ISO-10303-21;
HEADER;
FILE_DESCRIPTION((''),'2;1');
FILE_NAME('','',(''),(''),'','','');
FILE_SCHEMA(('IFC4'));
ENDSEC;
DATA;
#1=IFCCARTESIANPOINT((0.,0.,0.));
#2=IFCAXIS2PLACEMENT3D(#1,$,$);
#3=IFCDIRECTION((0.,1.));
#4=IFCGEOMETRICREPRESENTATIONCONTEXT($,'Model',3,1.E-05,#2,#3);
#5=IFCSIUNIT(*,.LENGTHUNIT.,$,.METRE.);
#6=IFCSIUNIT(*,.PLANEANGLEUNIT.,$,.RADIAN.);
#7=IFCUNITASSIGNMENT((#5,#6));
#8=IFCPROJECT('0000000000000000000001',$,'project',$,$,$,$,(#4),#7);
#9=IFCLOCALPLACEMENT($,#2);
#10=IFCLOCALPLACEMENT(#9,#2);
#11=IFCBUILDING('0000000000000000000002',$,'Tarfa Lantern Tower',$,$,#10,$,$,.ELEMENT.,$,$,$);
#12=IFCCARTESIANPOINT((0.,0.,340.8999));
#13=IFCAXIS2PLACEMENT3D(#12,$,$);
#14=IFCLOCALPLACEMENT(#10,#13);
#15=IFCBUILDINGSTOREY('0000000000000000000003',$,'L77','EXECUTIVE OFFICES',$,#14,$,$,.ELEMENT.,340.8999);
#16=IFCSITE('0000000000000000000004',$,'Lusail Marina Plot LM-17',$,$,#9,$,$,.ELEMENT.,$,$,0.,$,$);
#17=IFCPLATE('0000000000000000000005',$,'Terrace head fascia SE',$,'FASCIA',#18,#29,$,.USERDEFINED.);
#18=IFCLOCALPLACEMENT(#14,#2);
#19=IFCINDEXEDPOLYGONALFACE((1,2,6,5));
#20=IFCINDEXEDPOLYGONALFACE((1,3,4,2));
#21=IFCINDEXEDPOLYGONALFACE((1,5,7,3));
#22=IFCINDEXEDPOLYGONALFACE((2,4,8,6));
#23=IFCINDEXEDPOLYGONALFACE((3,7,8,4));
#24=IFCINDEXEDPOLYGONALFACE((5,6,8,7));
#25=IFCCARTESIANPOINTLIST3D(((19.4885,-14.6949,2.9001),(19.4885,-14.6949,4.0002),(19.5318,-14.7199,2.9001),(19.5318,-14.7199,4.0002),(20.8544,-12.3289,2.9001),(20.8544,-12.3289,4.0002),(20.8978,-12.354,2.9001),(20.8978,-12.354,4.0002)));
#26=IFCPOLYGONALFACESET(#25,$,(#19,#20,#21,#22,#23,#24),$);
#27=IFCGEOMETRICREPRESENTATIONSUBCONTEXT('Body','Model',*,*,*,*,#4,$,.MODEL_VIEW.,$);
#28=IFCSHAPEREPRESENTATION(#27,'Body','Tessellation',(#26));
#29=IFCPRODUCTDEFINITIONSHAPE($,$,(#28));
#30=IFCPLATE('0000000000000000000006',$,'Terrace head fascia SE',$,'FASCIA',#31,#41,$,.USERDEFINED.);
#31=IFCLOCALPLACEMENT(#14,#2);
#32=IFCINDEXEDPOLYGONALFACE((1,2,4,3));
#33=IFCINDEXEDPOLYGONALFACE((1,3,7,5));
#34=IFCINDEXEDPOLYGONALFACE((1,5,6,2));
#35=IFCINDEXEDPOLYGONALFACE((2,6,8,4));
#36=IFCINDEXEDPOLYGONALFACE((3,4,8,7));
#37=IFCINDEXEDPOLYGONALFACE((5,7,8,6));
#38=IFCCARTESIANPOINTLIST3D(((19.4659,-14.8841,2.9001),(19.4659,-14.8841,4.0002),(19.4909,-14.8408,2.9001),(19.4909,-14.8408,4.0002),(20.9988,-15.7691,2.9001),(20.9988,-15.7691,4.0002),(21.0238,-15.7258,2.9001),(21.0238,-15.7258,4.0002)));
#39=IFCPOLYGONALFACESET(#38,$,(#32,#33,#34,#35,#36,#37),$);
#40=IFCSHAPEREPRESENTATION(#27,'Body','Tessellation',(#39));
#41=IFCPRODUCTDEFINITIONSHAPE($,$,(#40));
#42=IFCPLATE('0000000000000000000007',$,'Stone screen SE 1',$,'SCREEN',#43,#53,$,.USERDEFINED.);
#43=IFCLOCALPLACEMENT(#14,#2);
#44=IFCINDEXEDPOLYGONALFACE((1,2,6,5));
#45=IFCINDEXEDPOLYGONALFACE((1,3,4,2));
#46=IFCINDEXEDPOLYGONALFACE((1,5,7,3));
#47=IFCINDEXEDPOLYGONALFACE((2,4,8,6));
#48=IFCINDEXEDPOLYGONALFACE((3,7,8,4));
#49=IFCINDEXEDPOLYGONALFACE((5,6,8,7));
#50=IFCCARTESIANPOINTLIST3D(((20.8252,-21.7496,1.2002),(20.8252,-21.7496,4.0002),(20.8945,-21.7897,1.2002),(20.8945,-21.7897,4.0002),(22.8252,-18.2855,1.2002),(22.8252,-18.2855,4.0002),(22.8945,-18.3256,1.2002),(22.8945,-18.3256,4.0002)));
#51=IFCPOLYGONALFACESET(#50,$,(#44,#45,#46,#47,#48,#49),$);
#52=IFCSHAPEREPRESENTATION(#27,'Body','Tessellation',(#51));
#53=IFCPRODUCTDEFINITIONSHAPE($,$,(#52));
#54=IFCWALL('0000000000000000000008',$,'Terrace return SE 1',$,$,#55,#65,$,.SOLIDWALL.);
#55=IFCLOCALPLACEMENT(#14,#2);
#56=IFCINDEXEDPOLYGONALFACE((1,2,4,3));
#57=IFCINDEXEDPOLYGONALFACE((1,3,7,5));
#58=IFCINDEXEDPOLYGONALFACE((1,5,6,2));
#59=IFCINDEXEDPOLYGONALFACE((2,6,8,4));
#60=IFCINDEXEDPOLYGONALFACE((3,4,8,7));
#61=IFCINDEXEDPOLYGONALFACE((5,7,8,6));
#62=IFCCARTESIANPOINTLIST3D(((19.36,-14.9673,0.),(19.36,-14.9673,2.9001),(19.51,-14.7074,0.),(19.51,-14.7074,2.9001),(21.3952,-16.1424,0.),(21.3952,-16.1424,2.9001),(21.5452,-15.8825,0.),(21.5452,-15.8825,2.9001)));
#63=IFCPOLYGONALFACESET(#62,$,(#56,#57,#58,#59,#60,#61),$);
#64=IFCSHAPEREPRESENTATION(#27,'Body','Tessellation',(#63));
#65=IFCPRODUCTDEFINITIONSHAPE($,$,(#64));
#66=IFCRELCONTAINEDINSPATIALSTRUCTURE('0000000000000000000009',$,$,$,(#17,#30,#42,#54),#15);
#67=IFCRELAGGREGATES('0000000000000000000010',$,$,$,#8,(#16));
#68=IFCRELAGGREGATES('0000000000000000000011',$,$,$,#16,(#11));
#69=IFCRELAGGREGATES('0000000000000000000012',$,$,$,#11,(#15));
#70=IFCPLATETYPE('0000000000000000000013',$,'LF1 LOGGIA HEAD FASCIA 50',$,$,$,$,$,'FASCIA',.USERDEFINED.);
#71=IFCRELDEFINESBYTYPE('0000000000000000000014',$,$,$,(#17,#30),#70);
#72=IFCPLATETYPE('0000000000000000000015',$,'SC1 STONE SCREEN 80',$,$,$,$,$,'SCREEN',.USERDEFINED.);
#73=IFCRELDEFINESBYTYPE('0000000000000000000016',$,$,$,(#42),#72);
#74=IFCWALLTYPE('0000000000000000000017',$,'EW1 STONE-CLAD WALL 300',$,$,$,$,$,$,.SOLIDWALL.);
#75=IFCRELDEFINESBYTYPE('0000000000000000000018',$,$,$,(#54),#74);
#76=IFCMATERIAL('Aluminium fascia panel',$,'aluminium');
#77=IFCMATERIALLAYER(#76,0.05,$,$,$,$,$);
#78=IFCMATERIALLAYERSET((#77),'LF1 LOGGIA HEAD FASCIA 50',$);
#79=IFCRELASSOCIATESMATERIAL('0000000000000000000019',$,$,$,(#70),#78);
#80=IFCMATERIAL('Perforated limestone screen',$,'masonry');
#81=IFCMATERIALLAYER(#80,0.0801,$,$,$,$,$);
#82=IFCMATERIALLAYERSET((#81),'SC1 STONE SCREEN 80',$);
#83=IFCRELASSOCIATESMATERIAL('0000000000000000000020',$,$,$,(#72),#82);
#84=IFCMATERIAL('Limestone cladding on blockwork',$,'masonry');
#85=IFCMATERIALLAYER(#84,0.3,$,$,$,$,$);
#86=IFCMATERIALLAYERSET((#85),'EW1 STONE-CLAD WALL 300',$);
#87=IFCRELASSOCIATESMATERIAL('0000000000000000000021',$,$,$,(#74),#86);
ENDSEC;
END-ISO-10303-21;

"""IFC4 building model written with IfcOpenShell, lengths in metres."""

from ifc_helpers import new_model, si_unit, direction, frame, frame_2d, origin, origin_2d, place, context, subcontext, project, spatial, rectangle, extrude, material, layer, layer_set, type_object, element, save


model = new_model("IFC4")

# Units and contexts
model_context = context("Model", 3, precision=1e-05, world=origin(), true_north=direction((0.0, 1.0)))
body_context = subcontext(model_context, "Body", "Model", "MODEL_VIEW")
ifc_project = project(units=[si_unit("LENGTHUNIT", "METRE"), si_unit("PLANEANGLEUNIT", "RADIAN")], contexts=[model_context])

# Site, building, storey
site_placement = place(None, origin())
site = spatial("IfcSite", under=ifc_project, at=site_placement, Name="Lusail Marina Plot LM-17", CompositionType="ELEMENT", RefElevation=0.0)
building_placement = place(site_placement, origin())
building = spatial("IfcBuilding", under=site, at=building_placement, Name="Tarfa Lantern Tower", CompositionType="ELEMENT")
storey_placement = place(building_placement, frame((0.0, 0.0, 340.8999)))
storey = spatial("IfcBuildingStorey", under=building, at=storey_placement, Name="L77", Description="EXECUTIVE OFFICES", CompositionType="ELEMENT", Elevation=340.8999)

# Plates
ifc_material_1 = material(Name="Aluminium fascia panel", Category="aluminium")
ifc_layer_1 = layer(ifc_material_1, 0.05)
ifc_layer_set_1 = layer_set([ifc_layer_1], Name="LF1 LOGGIA HEAD FASCIA 50")
plate_type_1 = type_object("IfcPlateType", Name="LF1 LOGGIA HEAD FASCIA 50", ElementType="FASCIA", PredefinedType="USERDEFINED", material=ifc_layer_set_1)
plate_1_placement = place(storey_placement, frame((20.1931, -13.5244, 2.9001), z_axis=(0.0, 0.0, 1.0), x_axis=(0.5, 0.866025, 0.0)))
element("IfcPlate", 1, at=plate_1_placement, inside=storey, type_object=plate_type_1, Name="Terrace head fascia SE", ObjectType="FASCIA", PredefinedType="USERDEFINED", context=body_context, shape_type="SweptSolid", body=[
    extrude(rectangle(XDim=2.7319, YDim=0.05, at=origin_2d()), origin(), (0.0, 0.0, 1.0), 1.1001),
])
plate_2_placement = place(storey_placement, frame((20.2449, -15.3049, 2.9001), z_axis=(0.0, 0.0, 1.0), x_axis=(-0.866025, 0.5, 0.0)))
element("IfcPlate", 2, at=plate_2_placement, inside=storey, type_object=plate_type_1, Name="Terrace head fascia SE", ObjectType="FASCIA", PredefinedType="USERDEFINED", context=body_context, shape_type="SweptSolid", body=[
    extrude(rectangle(XDim=1.77, YDim=0.05, at=origin_2d()), origin(), (0.0, 0.0, 1.0), 1.1001),
])
ifc_material_2 = material(Name="Perforated limestone screen", Category="masonry")
ifc_layer_2 = layer(ifc_material_2, 0.0801)
ifc_layer_set_2 = layer_set([ifc_layer_2], Name="SC1 STONE SCREEN 80")
plate_type_2 = type_object("IfcPlateType", Name="SC1 STONE SCREEN 80", ElementType="SCREEN", PredefinedType="USERDEFINED", material=ifc_layer_set_2)
plate_3_placement = place(storey_placement, frame((21.8599, -20.0376, 1.2002), z_axis=(0.0, 0.0, 1.0), x_axis=(0.5, 0.866025, 0.0)))
element("IfcPlate", 3, at=plate_3_placement, inside=storey, type_object=plate_type_2, Name="Stone screen SE 1", ObjectType="SCREEN", PredefinedType="USERDEFINED", context=body_context, shape_type="SweptSolid", body=[
    extrude(rectangle(XDim=4.0, YDim=0.0801, at=origin_2d()), origin(), (0.0, 0.0, 1.0), 2.8),
])

# Shared definitions
ifc_material_3 = material(Name="Limestone cladding on blockwork", Category="masonry")
ifc_layer_3 = layer(ifc_material_3, 0.3)
ifc_layer_set_3 = layer_set([ifc_layer_3], Name="EW1 STONE-CLAD WALL 300")
wall_type = type_object("IfcWallType", Name="EW1 STONE-CLAD WALL 300", PredefinedType="SOLIDWALL", material=ifc_layer_set_3)

# Wall
wall_1_placement = place(storey_placement, frame((21.4702, -16.0125, 0.0), z_axis=(0.0, 0.0, 1.0), x_axis=(-0.866016, 0.500016, 0.0)))
element("IfcWall", 4, at=wall_1_placement, inside=storey, type_object=wall_type, Name="Terrace return SE 1", PredefinedType="SOLIDWALL", context=body_context, shape_type="SweptSolid", body=[
    extrude(rectangle(XDim=2.3501, YDim=0.3, at=frame_2d((1.175, 0.0))), origin(), (0.0, 0.0, 1.0), 2.9001),
])

save(model, "model.ifc")
